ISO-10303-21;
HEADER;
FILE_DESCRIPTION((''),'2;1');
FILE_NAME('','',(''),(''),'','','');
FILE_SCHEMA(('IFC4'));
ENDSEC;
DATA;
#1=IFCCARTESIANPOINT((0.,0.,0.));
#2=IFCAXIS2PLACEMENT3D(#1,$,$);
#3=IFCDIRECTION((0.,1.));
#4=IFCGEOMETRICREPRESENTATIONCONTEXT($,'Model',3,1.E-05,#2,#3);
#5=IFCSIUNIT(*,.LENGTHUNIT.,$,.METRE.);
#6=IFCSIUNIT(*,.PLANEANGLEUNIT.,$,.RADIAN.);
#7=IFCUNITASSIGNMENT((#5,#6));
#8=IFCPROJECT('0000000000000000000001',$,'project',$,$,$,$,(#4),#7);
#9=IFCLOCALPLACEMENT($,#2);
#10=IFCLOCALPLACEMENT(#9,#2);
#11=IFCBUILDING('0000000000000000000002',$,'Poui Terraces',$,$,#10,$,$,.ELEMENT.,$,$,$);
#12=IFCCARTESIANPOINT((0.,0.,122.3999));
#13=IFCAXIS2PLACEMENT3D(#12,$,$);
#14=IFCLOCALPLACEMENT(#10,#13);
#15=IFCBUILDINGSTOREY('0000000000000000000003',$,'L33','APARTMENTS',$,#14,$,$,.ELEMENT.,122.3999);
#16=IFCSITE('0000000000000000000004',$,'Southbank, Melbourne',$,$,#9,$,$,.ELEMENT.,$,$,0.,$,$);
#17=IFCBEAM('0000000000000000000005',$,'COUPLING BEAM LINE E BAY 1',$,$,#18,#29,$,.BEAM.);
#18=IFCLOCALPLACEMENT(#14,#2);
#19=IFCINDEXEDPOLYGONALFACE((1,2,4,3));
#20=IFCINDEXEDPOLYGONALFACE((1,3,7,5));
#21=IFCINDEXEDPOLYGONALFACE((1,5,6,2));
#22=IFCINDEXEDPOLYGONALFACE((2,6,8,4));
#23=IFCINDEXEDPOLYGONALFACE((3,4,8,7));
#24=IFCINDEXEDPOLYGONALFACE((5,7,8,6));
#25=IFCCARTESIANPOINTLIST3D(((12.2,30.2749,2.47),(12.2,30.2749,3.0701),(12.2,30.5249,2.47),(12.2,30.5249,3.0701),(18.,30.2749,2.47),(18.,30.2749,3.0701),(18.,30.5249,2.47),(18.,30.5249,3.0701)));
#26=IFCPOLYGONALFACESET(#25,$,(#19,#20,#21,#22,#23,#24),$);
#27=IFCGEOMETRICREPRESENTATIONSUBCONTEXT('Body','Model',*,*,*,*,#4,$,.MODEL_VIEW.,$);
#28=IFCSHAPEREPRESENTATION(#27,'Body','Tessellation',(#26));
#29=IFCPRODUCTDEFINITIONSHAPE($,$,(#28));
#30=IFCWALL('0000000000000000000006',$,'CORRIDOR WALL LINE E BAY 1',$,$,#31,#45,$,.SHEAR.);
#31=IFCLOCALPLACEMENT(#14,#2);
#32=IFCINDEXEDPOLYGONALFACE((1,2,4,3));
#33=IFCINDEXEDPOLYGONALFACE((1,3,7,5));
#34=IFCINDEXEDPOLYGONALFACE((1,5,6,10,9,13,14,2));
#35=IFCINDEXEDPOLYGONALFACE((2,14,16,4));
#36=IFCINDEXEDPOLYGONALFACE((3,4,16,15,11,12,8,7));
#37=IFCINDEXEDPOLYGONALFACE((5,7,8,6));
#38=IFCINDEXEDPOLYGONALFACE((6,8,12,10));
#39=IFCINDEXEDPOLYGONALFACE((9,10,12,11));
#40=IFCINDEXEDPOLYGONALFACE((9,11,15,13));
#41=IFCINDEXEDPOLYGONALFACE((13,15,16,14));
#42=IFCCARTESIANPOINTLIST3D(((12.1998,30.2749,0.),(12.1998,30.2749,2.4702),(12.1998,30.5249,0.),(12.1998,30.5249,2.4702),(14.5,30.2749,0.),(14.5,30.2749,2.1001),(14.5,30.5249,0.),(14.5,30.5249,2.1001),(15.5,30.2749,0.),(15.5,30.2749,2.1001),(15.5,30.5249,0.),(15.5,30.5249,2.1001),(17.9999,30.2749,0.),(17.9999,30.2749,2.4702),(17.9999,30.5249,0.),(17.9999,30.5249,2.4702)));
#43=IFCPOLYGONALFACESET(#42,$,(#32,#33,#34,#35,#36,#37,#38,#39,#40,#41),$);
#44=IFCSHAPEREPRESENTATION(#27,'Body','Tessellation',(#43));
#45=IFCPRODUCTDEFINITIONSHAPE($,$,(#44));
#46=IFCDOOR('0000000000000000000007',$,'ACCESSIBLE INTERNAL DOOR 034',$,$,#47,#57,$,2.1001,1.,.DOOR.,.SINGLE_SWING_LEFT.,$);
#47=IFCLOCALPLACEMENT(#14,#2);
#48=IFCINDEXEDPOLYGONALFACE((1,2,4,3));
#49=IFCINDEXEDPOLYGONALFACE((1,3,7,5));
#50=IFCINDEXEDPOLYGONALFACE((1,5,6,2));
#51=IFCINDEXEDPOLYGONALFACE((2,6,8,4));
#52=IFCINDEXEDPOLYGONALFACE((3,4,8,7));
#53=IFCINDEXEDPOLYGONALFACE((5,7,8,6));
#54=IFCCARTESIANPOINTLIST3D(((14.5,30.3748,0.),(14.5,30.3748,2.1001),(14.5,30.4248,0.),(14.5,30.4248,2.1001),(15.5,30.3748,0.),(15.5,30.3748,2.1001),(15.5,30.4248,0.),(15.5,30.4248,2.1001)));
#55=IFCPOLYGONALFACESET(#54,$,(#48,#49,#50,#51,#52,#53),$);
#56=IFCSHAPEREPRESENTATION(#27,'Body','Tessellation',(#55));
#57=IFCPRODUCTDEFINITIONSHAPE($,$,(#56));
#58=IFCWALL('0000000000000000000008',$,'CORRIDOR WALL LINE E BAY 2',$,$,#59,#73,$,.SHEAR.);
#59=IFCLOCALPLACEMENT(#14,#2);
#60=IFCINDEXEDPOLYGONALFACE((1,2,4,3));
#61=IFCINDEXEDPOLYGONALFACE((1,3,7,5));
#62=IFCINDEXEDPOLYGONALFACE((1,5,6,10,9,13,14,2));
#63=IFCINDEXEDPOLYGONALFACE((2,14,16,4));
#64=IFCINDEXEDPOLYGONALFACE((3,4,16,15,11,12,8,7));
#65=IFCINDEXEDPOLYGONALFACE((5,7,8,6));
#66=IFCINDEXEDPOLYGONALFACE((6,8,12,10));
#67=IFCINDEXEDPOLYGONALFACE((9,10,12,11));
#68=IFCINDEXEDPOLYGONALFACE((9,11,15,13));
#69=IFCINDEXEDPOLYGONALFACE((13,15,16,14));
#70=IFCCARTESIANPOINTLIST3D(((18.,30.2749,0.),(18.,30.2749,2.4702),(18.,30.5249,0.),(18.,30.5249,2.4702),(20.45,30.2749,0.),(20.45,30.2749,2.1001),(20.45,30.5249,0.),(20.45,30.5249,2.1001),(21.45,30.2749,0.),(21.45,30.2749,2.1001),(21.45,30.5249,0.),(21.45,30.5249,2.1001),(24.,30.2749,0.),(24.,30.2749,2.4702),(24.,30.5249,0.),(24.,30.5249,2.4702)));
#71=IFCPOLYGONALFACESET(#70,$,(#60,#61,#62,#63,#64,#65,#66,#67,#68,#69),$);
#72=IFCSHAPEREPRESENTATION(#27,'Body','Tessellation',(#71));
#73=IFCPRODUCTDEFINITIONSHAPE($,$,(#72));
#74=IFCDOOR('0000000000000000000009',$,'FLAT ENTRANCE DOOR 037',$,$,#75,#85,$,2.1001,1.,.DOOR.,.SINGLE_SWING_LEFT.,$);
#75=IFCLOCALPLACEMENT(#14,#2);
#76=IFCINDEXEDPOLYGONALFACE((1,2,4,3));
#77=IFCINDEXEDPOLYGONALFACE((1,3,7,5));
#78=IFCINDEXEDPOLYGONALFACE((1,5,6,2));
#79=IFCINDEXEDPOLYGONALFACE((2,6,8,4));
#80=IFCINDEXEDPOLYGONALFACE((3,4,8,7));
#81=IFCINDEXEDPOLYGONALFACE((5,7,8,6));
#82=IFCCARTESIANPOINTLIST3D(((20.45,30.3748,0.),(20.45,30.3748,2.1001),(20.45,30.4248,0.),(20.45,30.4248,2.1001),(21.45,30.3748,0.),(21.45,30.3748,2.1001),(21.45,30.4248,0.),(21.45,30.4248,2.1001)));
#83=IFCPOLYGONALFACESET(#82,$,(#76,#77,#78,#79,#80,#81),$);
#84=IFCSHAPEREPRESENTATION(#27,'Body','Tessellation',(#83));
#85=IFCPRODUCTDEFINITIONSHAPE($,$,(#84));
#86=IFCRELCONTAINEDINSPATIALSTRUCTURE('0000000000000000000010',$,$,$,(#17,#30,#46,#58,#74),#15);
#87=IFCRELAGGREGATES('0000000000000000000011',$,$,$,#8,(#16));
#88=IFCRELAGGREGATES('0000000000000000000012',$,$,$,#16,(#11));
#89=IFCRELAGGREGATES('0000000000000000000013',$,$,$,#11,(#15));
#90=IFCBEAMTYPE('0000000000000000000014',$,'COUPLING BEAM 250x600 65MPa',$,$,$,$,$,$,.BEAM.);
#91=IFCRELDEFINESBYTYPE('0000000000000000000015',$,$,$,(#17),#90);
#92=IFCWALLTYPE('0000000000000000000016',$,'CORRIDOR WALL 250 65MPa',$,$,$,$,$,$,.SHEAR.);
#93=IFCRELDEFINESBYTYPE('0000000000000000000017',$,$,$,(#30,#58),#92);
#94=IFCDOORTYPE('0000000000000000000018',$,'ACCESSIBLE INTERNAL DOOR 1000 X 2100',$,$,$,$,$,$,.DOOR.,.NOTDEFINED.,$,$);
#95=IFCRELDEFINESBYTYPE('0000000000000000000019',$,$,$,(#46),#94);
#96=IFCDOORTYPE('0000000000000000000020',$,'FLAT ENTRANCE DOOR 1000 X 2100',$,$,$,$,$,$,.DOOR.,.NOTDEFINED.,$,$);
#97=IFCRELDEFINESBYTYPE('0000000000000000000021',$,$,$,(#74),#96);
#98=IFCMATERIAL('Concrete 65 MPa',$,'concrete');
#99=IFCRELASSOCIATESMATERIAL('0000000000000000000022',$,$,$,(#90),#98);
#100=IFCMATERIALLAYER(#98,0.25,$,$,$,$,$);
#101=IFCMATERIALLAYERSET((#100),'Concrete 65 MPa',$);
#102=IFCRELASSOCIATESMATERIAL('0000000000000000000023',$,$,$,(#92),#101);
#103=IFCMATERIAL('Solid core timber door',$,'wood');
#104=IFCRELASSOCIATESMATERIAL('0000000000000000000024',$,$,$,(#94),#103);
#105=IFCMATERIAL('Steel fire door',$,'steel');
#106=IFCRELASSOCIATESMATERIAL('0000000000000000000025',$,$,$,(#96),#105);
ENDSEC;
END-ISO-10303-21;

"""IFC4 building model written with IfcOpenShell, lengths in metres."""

from ifc_helpers import new_model, si_unit, direction, frame, frame_2d, origin, origin_2d, place, context, subcontext, project, spatial, rectangle, extrude, source, transform, mapped, material, layer, layer_set, material_profile, profile_set, type_object, element, fill, save


model = new_model("IFC4")

# Units and contexts
model_context = context("Model", 3, precision=1e-05, world=origin(), true_north=direction((0.0, 1.0)))
body_context = subcontext(model_context, "Body", "Model", "MODEL_VIEW")
ifc_project = project(units=[si_unit("LENGTHUNIT", "METRE"), si_unit("PLANEANGLEUNIT", "RADIAN")], contexts=[model_context])

# Site, building, storey
site_placement = place(None, origin())
site = spatial("IfcSite", under=ifc_project, at=site_placement, Name="Southbank, Melbourne", CompositionType="ELEMENT", RefElevation=0.0)
building_placement = place(site_placement, origin())
building = spatial("IfcBuilding", under=site, at=building_placement, Name="Poui Terraces", CompositionType="ELEMENT")
storey_placement = place(building_placement, frame((0.0, 0.0, 122.3999)))
storey = spatial("IfcBuildingStorey", under=building, at=storey_placement, Name="L33", Description="APARTMENTS", CompositionType="ELEMENT", Elevation=122.3999)

# Beam
ifc_material_1 = material(Name="Concrete 65 MPa", Category="concrete")
ifc_material_profile = material_profile(ifc_material_1, rectangle(XDim=0.25, YDim=0.6001, at=origin_2d()), Name="RC 250x600")
ifc_profile_set = profile_set([ifc_material_profile], Name="Concrete 65 MPa")
beam_type = type_object("IfcBeamType", Name="COUPLING BEAM 250x600 65MPa", PredefinedType="BEAM", material=ifc_profile_set)
shared_shape = source(origin(), body_context, "Body", "SweptSolid", [
    extrude(rectangle(XDim=0.25, YDim=0.6001, at=origin_2d()), origin(), (0.0, 0.0, 1.0), 5.8),
])
beam_placement = place(storey_placement, frame((12.2, 30.3999, 2.77), z_axis=(1.0, 0.0, 0.0), x_axis=(0.0, 1.0, 0.0)))
element("IfcBeam", 1, at=beam_placement, inside=storey, type_object=beam_type, Name="COUPLING BEAM LINE E BAY 1", PredefinedType="BEAM", context=body_context, shape_type="MappedRepresentation", body=[
    mapped(shared_shape, transform((0.0, 0.0, 0.0))),
])

# Walls, openings, doors
ifc_layer = layer(ifc_material_1, 0.25)
ifc_layer_set = layer_set([ifc_layer], Name="Concrete 65 MPa")
wall_type = type_object("IfcWallType", Name="CORRIDOR WALL 250 65MPa", PredefinedType="SHEAR", material=ifc_layer_set)
wall_1_placement = place(storey_placement, frame((12.2, 30.3999, 0.0), z_axis=(0.0, 0.0, 1.0), x_axis=(1.0, 0.0, 0.0)))
wall_1 = element("IfcWall", 2, at=wall_1_placement, inside=storey, type_object=wall_type, Name="CORRIDOR WALL LINE E BAY 1", PredefinedType="SHEAR", context=body_context, shape_type="SweptSolid", body=[
    extrude(rectangle(XDim=5.8, YDim=0.25, at=frame_2d((2.8999, 0.0))), origin(), (0.0, 0.0, 1.0), 2.4702),
])
opening_1_placement = place(wall_1_placement, frame((2.3, 0.0, 0.0)))
opening_1 = element("IfcOpeningElement", 3, at=opening_1_placement, cuts=wall_1, PredefinedType="OPENING", context=body_context, shape_type="SweptSolid", body=[
    extrude(rectangle(XDim=1.0, YDim=2.1001, at=frame_2d((0.5, 1.05))), frame((0.0, 0.135, 0.0), z_axis=(0.0, -1.0, 0.0), x_axis=(1.0, 0.0, 0.0)), (0.0, 0.0, 1.0), 0.27),
])
ifc_material_2 = material(Name="Solid core timber door", Category="wood")
door_type_1 = type_object("IfcDoorType", Name="ACCESSIBLE INTERNAL DOOR 1000 X 2100", OperationType="NOTDEFINED", PredefinedType="DOOR", material=ifc_material_2)
door_1_placement = place(opening_1_placement, origin())
door_1 = element("IfcDoor", 4, at=door_1_placement, inside=storey, type_object=door_type_1, Name="ACCESSIBLE INTERNAL DOOR 034", OperationType="SINGLE_SWING_LEFT", OverallHeight=2.1001, OverallWidth=1.0, PredefinedType="DOOR", context=body_context, shape_type="SweptSolid", body=[
    extrude(rectangle(XDim=1.0, YDim=2.1001, at=frame_2d((0.5, 1.05))), frame((0.0, 0.0249, 0.0), z_axis=(0.0, -1.0, 0.0), x_axis=(1.0, 0.0, 0.0)), (0.0, 0.0, 1.0), 0.05),
])
fill(opening_1, door_1)
wall_2_placement = place(storey_placement, frame((18.0, 30.3999, 0.0), z_axis=(0.0, 0.0, 1.0), x_axis=(1.0, 0.0, 0.0)))
wall_2 = element("IfcWall", 5, at=wall_2_placement, inside=storey, type_object=wall_type, Name="CORRIDOR WALL LINE E BAY 2", PredefinedType="SHEAR", context=body_context, shape_type="SweptSolid", body=[
    extrude(rectangle(XDim=6.0, YDim=0.25, at=frame_2d((3.0, 0.0))), origin(), (0.0, 0.0, 1.0), 2.4702),
])
opening_2_placement = place(wall_2_placement, frame((2.45, 0.0, 0.0)))
opening_2 = element("IfcOpeningElement", 6, at=opening_2_placement, cuts=wall_2, PredefinedType="OPENING", context=body_context, shape_type="SweptSolid", body=[
    extrude(rectangle(XDim=1.0, YDim=2.1001, at=frame_2d((0.5, 1.05))), frame((0.0, 0.135, 0.0), z_axis=(0.0, -1.0, 0.0), x_axis=(1.0, 0.0, 0.0)), (0.0, 0.0, 1.0), 0.27),
])
ifc_material_3 = material(Name="Steel fire door", Category="steel")
door_type_2 = type_object("IfcDoorType", Name="FLAT ENTRANCE DOOR 1000 X 2100", OperationType="NOTDEFINED", PredefinedType="DOOR", material=ifc_material_3)
door_2_placement = place(opening_2_placement, origin())
door_2 = element("IfcDoor", 7, at=door_2_placement, inside=storey, type_object=door_type_2, Name="FLAT ENTRANCE DOOR 037", OperationType="SINGLE_SWING_LEFT", OverallHeight=2.1001, OverallWidth=1.0, PredefinedType="DOOR", context=body_context, shape_type="SweptSolid", body=[
    extrude(rectangle(XDim=1.0, YDim=2.1001, at=frame_2d((0.5, 1.05))), frame((0.0, 0.0249, 0.0), z_axis=(0.0, -1.0, 0.0), x_axis=(1.0, 0.0, 0.0)), (0.0, 0.0, 1.0), 0.05),
])
fill(opening_2, door_2)

save(model, "model.ifc")
